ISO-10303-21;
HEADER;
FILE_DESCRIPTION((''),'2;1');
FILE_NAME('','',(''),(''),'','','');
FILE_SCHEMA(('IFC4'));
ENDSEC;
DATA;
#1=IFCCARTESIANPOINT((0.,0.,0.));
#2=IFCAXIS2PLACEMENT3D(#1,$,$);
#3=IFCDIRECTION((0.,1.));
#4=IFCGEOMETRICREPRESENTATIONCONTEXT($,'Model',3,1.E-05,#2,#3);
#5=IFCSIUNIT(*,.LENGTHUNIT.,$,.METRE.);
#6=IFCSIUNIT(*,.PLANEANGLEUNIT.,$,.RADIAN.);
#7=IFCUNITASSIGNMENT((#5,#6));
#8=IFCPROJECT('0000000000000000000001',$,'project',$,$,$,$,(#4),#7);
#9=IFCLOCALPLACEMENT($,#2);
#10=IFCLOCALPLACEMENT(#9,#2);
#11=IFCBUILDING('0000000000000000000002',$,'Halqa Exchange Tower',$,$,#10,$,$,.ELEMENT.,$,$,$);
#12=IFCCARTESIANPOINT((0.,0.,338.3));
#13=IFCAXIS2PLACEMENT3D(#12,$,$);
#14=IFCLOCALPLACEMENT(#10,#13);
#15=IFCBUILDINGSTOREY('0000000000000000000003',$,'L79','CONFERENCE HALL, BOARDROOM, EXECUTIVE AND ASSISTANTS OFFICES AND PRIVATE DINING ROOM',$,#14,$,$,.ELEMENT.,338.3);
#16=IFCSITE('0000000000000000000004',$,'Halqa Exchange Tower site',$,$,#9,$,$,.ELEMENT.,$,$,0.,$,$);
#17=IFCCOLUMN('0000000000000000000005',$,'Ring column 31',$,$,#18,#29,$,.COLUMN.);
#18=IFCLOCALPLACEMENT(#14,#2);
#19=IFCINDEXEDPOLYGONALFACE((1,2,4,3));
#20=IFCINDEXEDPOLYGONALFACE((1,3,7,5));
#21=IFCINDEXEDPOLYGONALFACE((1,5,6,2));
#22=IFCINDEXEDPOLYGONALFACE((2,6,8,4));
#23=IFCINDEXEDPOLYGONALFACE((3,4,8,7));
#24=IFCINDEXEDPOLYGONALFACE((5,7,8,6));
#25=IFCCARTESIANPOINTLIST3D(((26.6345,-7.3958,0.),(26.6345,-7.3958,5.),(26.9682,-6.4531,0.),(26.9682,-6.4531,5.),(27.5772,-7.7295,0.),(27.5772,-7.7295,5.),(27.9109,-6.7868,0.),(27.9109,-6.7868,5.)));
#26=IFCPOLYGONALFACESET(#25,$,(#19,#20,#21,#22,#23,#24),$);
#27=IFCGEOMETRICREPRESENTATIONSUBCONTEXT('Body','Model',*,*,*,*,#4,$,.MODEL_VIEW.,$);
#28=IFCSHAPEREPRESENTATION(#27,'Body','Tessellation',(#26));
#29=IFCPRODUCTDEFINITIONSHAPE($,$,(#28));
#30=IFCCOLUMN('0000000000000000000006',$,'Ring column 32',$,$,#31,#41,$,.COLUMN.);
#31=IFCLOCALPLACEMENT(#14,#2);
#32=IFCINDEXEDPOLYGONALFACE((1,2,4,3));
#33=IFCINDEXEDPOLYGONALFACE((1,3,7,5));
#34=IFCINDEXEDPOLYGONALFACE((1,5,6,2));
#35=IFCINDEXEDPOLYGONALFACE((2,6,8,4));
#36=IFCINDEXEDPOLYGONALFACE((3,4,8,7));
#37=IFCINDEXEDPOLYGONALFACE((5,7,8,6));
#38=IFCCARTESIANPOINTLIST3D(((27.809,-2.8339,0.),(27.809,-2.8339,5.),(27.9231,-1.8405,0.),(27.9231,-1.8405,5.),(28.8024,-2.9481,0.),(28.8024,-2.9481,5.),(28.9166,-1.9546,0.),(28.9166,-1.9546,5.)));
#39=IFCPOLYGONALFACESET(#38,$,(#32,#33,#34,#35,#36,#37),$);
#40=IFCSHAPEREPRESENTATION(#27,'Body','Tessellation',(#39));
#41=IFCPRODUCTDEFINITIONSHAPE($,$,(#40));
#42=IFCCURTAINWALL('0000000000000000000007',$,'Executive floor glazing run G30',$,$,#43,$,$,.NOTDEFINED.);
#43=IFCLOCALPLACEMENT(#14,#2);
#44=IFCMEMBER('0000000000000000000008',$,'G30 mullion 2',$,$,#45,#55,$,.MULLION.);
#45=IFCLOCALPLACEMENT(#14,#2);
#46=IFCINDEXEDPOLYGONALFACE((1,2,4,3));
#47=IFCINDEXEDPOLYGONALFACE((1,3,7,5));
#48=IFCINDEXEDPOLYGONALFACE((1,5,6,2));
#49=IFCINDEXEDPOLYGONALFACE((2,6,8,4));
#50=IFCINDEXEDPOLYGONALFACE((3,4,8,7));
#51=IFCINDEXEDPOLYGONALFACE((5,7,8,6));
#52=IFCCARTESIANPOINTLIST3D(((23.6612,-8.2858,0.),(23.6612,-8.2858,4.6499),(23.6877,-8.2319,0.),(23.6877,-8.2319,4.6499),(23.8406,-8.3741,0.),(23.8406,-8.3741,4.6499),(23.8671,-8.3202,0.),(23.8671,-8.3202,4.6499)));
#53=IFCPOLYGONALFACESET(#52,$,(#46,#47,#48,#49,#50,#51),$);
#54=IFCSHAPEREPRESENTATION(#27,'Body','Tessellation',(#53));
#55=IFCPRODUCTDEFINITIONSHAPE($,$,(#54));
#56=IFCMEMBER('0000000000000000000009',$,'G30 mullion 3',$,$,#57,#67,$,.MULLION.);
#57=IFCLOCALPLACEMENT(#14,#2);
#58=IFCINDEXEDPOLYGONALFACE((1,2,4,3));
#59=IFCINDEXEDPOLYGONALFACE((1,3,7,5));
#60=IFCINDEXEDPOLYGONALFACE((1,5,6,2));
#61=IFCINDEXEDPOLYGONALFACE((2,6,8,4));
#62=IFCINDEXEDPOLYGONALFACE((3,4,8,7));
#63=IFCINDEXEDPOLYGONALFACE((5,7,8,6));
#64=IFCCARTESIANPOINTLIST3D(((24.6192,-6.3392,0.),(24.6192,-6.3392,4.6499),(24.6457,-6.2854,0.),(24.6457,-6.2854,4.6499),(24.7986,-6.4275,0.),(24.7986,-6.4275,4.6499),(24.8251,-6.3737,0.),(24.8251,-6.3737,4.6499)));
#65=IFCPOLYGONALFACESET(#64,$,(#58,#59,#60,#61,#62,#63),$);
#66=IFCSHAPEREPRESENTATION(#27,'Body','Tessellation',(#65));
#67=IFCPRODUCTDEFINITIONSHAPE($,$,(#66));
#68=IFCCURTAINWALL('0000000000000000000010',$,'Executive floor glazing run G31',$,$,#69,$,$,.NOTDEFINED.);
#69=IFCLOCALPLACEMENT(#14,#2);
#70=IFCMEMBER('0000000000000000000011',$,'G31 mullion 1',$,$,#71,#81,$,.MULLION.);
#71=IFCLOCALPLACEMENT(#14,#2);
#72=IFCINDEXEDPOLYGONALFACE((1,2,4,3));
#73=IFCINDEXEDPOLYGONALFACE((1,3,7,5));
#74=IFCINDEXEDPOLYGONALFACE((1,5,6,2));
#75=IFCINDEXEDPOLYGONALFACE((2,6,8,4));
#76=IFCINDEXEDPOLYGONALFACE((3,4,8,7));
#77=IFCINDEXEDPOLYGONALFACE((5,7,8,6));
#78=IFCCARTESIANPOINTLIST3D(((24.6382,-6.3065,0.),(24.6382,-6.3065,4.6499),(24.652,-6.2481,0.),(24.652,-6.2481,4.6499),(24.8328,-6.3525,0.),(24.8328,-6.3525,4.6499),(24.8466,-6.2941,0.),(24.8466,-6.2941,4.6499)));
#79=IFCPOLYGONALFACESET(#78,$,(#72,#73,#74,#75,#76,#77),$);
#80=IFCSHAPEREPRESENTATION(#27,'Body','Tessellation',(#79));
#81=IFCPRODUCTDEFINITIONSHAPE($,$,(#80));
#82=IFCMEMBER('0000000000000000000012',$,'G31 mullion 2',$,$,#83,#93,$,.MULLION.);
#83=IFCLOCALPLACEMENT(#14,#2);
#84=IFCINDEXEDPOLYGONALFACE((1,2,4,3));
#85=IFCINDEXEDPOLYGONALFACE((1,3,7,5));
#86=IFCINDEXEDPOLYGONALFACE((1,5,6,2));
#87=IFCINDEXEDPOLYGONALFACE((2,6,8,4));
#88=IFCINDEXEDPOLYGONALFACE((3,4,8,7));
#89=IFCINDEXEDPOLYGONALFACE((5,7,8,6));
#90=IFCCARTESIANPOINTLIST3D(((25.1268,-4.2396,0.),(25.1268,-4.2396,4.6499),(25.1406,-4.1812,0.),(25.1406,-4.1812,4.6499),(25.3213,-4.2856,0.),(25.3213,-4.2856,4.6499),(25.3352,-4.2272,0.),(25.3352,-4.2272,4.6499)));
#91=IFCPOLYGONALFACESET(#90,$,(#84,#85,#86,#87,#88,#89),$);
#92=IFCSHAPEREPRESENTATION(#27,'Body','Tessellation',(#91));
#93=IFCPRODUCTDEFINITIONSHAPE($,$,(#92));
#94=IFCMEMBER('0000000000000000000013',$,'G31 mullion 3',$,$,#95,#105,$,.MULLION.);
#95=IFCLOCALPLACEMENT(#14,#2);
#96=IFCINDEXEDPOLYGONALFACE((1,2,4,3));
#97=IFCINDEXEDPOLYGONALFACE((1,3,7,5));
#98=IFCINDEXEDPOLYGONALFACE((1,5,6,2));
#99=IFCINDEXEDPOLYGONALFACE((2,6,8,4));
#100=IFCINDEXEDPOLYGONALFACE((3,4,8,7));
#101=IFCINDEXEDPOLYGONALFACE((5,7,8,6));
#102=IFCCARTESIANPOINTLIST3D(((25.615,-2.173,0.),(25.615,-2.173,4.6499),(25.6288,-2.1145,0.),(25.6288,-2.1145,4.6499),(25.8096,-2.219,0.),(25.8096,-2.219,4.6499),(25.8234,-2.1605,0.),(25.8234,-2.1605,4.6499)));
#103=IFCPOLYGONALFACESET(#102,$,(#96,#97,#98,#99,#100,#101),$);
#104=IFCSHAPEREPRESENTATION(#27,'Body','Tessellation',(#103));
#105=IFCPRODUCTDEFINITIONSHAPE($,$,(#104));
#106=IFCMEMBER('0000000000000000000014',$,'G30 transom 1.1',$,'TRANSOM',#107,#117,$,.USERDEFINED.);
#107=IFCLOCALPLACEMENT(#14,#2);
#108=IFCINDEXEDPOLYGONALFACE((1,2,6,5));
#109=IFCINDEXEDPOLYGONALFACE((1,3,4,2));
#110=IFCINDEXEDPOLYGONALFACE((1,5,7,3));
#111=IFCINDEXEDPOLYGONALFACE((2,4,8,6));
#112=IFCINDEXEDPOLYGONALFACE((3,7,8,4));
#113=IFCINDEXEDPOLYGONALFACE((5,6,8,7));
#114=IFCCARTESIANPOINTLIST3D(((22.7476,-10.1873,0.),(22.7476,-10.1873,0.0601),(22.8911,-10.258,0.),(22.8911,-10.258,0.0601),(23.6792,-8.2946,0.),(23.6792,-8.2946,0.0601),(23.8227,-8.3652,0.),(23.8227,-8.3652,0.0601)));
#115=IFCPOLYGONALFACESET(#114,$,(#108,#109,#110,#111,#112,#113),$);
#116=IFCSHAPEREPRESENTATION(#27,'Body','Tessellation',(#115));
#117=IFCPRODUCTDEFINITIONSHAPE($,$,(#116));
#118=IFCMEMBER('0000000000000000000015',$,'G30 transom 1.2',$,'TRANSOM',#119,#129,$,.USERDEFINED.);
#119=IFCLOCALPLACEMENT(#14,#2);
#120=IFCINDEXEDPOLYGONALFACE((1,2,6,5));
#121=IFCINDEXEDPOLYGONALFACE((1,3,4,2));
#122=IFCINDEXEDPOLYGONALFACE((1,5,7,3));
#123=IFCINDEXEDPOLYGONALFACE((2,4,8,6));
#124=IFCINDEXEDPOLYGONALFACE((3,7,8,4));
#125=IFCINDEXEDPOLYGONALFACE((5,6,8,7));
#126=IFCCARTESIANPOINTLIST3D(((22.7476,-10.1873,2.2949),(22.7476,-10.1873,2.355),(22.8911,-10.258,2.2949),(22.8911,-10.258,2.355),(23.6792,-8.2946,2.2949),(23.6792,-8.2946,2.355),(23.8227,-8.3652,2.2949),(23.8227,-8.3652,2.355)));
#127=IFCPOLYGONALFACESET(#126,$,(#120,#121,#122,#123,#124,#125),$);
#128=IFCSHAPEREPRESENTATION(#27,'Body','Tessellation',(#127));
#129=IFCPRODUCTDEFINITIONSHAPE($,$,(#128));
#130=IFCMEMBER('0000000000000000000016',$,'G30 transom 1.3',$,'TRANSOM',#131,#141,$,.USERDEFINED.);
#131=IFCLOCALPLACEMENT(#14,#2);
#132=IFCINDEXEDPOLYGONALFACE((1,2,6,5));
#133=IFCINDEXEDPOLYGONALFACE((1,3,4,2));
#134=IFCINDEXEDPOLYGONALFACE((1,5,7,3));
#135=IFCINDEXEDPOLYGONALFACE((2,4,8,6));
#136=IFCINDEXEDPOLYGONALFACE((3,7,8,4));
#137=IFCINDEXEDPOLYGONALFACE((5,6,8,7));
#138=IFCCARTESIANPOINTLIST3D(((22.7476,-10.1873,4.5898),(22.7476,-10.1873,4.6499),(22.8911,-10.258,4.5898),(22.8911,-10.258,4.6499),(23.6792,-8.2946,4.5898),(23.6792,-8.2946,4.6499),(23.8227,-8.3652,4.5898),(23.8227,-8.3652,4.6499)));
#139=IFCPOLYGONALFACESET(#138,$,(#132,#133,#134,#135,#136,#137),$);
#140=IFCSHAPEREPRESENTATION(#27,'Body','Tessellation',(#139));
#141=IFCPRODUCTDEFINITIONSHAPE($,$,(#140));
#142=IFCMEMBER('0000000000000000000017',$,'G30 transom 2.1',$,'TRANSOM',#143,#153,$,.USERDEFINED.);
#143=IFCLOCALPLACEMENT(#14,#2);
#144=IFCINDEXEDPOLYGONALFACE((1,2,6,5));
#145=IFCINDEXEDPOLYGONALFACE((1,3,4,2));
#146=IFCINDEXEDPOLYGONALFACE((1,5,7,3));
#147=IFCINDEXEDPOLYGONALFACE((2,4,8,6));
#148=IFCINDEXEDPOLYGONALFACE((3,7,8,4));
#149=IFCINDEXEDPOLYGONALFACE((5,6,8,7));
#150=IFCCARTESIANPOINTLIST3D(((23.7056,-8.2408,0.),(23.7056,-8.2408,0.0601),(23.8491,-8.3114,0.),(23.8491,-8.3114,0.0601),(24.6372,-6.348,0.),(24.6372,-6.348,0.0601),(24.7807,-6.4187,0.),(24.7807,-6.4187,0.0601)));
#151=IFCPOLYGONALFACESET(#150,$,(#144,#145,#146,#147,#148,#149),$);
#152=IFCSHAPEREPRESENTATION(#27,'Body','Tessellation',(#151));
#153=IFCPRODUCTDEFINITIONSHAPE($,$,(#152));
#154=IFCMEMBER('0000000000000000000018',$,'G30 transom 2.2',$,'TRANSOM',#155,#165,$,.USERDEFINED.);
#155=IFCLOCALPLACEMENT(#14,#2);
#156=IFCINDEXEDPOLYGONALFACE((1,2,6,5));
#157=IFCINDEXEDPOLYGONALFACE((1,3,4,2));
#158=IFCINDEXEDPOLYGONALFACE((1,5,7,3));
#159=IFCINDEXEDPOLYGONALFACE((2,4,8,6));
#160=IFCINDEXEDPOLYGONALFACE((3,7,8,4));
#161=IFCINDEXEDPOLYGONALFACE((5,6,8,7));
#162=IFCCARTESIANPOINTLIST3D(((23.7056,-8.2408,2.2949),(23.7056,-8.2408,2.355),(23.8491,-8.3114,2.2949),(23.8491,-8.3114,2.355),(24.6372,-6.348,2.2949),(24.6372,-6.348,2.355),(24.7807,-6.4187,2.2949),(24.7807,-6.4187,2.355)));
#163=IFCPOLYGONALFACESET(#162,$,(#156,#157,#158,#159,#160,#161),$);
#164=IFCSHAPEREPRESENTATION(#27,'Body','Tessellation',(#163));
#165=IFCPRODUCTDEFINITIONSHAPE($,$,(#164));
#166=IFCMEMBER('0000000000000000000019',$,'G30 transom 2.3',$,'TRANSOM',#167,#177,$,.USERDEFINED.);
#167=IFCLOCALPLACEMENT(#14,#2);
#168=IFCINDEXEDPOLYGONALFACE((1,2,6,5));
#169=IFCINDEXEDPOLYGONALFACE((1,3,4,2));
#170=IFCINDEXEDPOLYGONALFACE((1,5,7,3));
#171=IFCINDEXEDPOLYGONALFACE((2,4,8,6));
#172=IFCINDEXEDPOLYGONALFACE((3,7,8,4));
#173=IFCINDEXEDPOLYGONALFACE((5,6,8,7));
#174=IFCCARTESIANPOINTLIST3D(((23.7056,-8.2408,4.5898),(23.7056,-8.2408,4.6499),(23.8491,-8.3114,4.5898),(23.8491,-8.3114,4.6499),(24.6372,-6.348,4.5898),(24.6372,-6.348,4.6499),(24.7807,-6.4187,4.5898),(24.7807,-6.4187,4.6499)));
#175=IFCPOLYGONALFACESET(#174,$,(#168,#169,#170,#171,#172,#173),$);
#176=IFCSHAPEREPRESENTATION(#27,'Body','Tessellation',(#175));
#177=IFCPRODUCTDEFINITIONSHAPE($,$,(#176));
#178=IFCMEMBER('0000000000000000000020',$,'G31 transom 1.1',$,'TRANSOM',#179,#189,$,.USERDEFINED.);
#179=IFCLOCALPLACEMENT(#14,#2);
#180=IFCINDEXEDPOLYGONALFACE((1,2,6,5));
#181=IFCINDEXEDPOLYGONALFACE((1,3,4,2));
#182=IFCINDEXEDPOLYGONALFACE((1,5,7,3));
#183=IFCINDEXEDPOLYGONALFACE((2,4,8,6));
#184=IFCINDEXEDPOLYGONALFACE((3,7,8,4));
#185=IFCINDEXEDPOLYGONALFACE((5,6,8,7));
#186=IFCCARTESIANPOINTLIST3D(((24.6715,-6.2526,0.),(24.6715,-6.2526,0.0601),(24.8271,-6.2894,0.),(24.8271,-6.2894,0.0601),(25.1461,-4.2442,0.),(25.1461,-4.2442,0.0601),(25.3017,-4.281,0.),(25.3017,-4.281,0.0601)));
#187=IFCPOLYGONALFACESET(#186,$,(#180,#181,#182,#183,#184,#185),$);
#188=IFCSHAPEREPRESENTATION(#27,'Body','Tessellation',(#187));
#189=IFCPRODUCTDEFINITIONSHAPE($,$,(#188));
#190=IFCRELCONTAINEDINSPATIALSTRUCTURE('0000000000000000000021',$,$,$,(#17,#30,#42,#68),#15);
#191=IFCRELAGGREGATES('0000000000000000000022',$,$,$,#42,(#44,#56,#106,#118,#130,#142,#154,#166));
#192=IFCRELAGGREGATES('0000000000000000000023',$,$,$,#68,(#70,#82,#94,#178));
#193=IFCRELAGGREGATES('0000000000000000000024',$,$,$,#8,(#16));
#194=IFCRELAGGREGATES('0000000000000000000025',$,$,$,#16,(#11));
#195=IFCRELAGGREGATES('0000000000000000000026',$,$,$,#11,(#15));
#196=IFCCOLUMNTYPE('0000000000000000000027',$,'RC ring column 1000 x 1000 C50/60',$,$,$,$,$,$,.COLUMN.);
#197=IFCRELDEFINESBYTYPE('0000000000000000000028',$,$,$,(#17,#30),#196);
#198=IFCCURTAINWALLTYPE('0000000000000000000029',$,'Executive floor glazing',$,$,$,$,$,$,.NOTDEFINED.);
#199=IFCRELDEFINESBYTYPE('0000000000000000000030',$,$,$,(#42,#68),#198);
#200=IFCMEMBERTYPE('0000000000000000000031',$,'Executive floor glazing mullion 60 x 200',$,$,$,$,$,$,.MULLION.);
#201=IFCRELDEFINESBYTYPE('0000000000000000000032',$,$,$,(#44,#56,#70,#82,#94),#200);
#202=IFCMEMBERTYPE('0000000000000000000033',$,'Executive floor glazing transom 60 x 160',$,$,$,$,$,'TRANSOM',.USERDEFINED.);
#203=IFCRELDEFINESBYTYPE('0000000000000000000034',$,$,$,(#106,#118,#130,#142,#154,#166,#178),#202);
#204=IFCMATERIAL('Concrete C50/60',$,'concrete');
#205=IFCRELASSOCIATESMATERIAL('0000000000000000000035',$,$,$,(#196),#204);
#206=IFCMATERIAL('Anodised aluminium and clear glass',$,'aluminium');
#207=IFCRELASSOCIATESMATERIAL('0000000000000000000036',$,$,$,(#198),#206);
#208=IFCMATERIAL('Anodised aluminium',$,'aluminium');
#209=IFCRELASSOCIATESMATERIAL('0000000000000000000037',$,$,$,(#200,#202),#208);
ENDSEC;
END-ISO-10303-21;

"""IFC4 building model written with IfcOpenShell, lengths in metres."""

from ifc_helpers import new_model, si_unit, direction, frame, origin, origin_2d, place, context, subcontext, project, spatial, rectangle, extrude, material, material_profile, profile_set, type_object, element, aggregate, save


model = new_model("IFC4")

# Units and contexts
model_context = context("Model", 3, precision=1e-05, world=origin(), true_north=direction((0.0, 1.0)))
body_context = subcontext(model_context, "Body", "Model", "MODEL_VIEW")
ifc_project = project(units=[si_unit("LENGTHUNIT", "METRE"), si_unit("PLANEANGLEUNIT", "RADIAN")], contexts=[model_context])

# Site, building, storey
site_placement = place(None, origin())
site = spatial("IfcSite", under=ifc_project, at=site_placement, Name="Halqa Exchange Tower site", CompositionType="ELEMENT", RefElevation=0.0)
building_placement = place(site_placement, origin())
building = spatial("IfcBuilding", under=site, at=building_placement, Name="Halqa Exchange Tower", CompositionType="ELEMENT")
storey_placement = place(building_placement, frame((0.0, 0.0, 338.3)))
storey = spatial("IfcBuildingStorey", under=building, at=storey_placement, Name="L79", Description="CONFERENCE HALL, BOARDROOM, EXECUTIVE AND ASSISTANTS OFFICES AND PRIVATE DINING ROOM", CompositionType="ELEMENT", Elevation=338.3)

# Columns
ifc_material_1 = material(Name="Concrete C50/60", Category="concrete")
ifc_material_profile_1 = material_profile(ifc_material_1, rectangle(XDim=1.0, YDim=1.0, at=origin_2d()), Name="1000 x 1000")
ifc_profile_set_1 = profile_set([ifc_material_profile_1], Name="Concrete C50/60")
column_type = type_object("IfcColumnType", Name="RC ring column 1000 x 1000 C50/60", PredefinedType="COLUMN", material=ifc_profile_set_1)
for number, where, z_axis, x_axis, name in (
    (1, (27.2727, -7.0913, 0.0), (0.0, 0.0, 1.0), (0.333624, 0.942706, 0.0), "Ring column 31"),
    (2, (28.3628, -2.3943, 0.0), (0.0, 0.0, 1.0), (0.11416, 0.993462, 0.0), "Ring column 32"),
):
    element("IfcColumn", number, at=place(storey_placement, frame(where, z_axis=z_axis, x_axis=x_axis)), inside=storey, type_object=column_type, Name=name, PredefinedType="COLUMN", context=body_context, shape_type="SweptSolid", body=[
        extrude(rectangle(XDim=1.0, YDim=1.0, at=origin_2d()), origin(), (0.0, 0.0, 1.0), 5.0),
    ])

# Curtain walls, members
ifc_material_2 = material(Name="Anodised aluminium and clear glass", Category="aluminium")
curtain_wall_type = type_object("IfcCurtainWallType", Name="Executive floor glazing", PredefinedType="NOTDEFINED", material=ifc_material_2)
curtain_wall_1_placement = place(storey_placement, origin())
curtain_wall_1 = element("IfcCurtainWall", 3, at=curtain_wall_1_placement, inside=storey, type_object=curtain_wall_type, Name="Executive floor glazing run G30", PredefinedType="NOTDEFINED")
ifc_material_3 = material(Name="Anodised aluminium", Category="aluminium")
ifc_material_profile_2 = material_profile(ifc_material_3, rectangle(XDim=0.2, YDim=0.0601, at=origin_2d()), Name="AL 60x200")
ifc_profile_set_2 = profile_set([ifc_material_profile_2], Name="Anodised aluminium")
member_type_1 = type_object("IfcMemberType", Name="Executive floor glazing mullion 60 x 200", PredefinedType="MULLION", material=ifc_profile_set_2)
member_1_placement = place(storey_placement, frame((23.7642, -8.303, 0.0), z_axis=(0.0, 0.0, 1.0), x_axis=(-0.897215, 0.441595, 0.0)))
member_1 = element("IfcMember", 4, at=member_1_placement, type_object=member_type_1, Name="G30 mullion 2", PredefinedType="MULLION", context=body_context, shape_type="SweptSolid", body=[
    extrude(rectangle(XDim=0.2, YDim=0.0601, at=origin_2d()), origin(), (0.0, 0.0, 1.0), 4.6499),
])
member_2_placement = place(storey_placement, frame((24.7222, -6.3564, 0.0), z_axis=(0.0, 0.0, 1.0), x_axis=(-0.897215, 0.441595, 0.0)))
member_2 = element("IfcMember", 5, at=member_2_placement, type_object=member_type_1, Name="G30 mullion 3", PredefinedType="MULLION", context=body_context, shape_type="SweptSolid", body=[
    extrude(rectangle(XDim=0.2, YDim=0.0601, at=origin_2d()), origin(), (0.0, 0.0, 1.0), 4.6499),
])
curtain_wall_2_placement = place(storey_placement, origin())
curtain_wall_2 = element("IfcCurtainWall", 6, at=curtain_wall_2_placement, inside=storey, type_object=curtain_wall_type, Name="Executive floor glazing run G31", PredefinedType="NOTDEFINED")
member_3_placement = place(storey_placement, frame((24.7424, -6.3003, 0.0), z_axis=(0.0, 0.0, 1.0), x_axis=(-0.973192, 0.229995, 0.0)))
member_3 = element("IfcMember", 7, at=member_3_placement, type_object=member_type_1, Name="G31 mullion 1", PredefinedType="MULLION", context=body_context, shape_type="SweptSolid", body=[
    extrude(rectangle(XDim=0.2, YDim=0.0601, at=origin_2d()), origin(), (0.0, 0.0, 1.0), 4.6499),
])
member_4_placement = place(storey_placement, frame((25.231, -4.2334, 0.0), z_axis=(0.0, 0.0, 1.0), x_axis=(-0.973192, 0.229995, 0.0)))
member_4 = element("IfcMember", 8, at=member_4_placement, type_object=member_type_1, Name="G31 mullion 2", PredefinedType="MULLION", context=body_context, shape_type="SweptSolid", body=[
    extrude(rectangle(XDim=0.2, YDim=0.0601, at=origin_2d()), origin(), (0.0, 0.0, 1.0), 4.6499),
])
member_5_placement = place(storey_placement, frame((25.7192, -2.1667, 0.0), z_axis=(0.0, 0.0, 1.0), x_axis=(-0.973192, 0.229995, 0.0)))
member_5 = element("IfcMember", 9, at=member_5_placement, type_object=member_type_1, Name="G31 mullion 3", PredefinedType="MULLION", context=body_context, shape_type="SweptSolid", body=[
    extrude(rectangle(XDim=0.2, YDim=0.0601, at=origin_2d()), origin(), (0.0, 0.0, 1.0), 4.6499),
])

# Members
ifc_material_profile_3 = material_profile(ifc_material_3, rectangle(XDim=0.1599, YDim=0.0601, at=origin_2d()), Name="AL 60x160")
ifc_profile_set_3 = profile_set([ifc_material_profile_3], Name="Anodised aluminium")
member_type_2 = type_object("IfcMemberType", Name="Executive floor glazing transom 60 x 160", ElementType="TRANSOM", PredefinedType="USERDEFINED", material=ifc_profile_set_3)
member_6_placement = place(storey_placement, frame((22.8193, -10.2227, 0.03), z_axis=(0.441604, 0.89721, 0.0), x_axis=(-0.89721, 0.441604, 0.0)))
member_6 = element("IfcMember", 10, at=member_6_placement, type_object=member_type_2, Name="G30 transom 1.1", ObjectType="TRANSOM", PredefinedType="USERDEFINED", context=body_context, shape_type="SweptSolid", body=[
    extrude(rectangle(XDim=0.1599, YDim=0.0601, at=origin_2d()), origin(), (0.0, 0.0, 1.0), 2.1096),
])
member_7_placement = place(storey_placement, frame((22.8193, -10.2227, 2.325), z_axis=(0.441604, 0.89721, 0.0), x_axis=(-0.89721, 0.441604, 0.0)))
member_7 = element("IfcMember", 11, at=member_7_placement, type_object=member_type_2, Name="G30 transom 1.2", ObjectType="TRANSOM", PredefinedType="USERDEFINED", context=body_context, shape_type="SweptSolid", body=[
    extrude(rectangle(XDim=0.1599, YDim=0.0601, at=origin_2d()), origin(), (0.0, 0.0, 1.0), 2.1096),
])
member_8_placement = place(storey_placement, frame((22.8193, -10.2227, 4.6199), z_axis=(0.441604, 0.89721, 0.0), x_axis=(-0.89721, 0.441604, 0.0)))
member_8 = element("IfcMember", 12, at=member_8_placement, type_object=member_type_2, Name="G30 transom 1.3", ObjectType="TRANSOM", PredefinedType="USERDEFINED", context=body_context, shape_type="SweptSolid", body=[
    extrude(rectangle(XDim=0.1599, YDim=0.0601, at=origin_2d()), origin(), (0.0, 0.0, 1.0), 2.1096),
])
member_9_placement = place(storey_placement, frame((23.7773, -8.2761, 0.03), z_axis=(0.441604, 0.89721, 0.0), x_axis=(-0.89721, 0.441604, 0.0)))
member_9 = element("IfcMember", 13, at=member_9_placement, type_object=member_type_2, Name="G30 transom 2.1", ObjectType="TRANSOM", PredefinedType="USERDEFINED", context=body_context, shape_type="SweptSolid", body=[
    extrude(rectangle(XDim=0.1599, YDim=0.0601, at=origin_2d()), origin(), (0.0, 0.0, 1.0), 2.1096),
])
member_10_placement = place(storey_placement, frame((23.7773, -8.2761, 2.325), z_axis=(0.441604, 0.89721, 0.0), x_axis=(-0.89721, 0.441604, 0.0)))
member_10 = element("IfcMember", 14, at=member_10_placement, type_object=member_type_2, Name="G30 transom 2.2", ObjectType="TRANSOM", PredefinedType="USERDEFINED", context=body_context, shape_type="SweptSolid", body=[
    extrude(rectangle(XDim=0.1599, YDim=0.0601, at=origin_2d()), origin(), (0.0, 0.0, 1.0), 2.1096),
])
member_11_placement = place(storey_placement, frame((23.7773, -8.2761, 4.6199), z_axis=(0.441604, 0.89721, 0.0), x_axis=(-0.89721, 0.441604, 0.0)))
member_11 = element("IfcMember", 15, at=member_11_placement, type_object=member_type_2, Name="G30 transom 2.3", ObjectType="TRANSOM", PredefinedType="USERDEFINED", context=body_context, shape_type="SweptSolid", body=[
    extrude(rectangle(XDim=0.1599, YDim=0.0601, at=origin_2d()), origin(), (0.0, 0.0, 1.0), 2.1096),
])
member_12_placement = place(storey_placement, frame((24.7493, -6.271, 0.03), z_axis=(0.229989, 0.973193, 0.0), x_axis=(-0.973193, 0.229989, 0.0)))
member_12 = element("IfcMember", 16, at=member_12_placement, type_object=member_type_2, Name="G31 transom 1.1", ObjectType="TRANSOM", PredefinedType="USERDEFINED", context=body_context, shape_type="SweptSolid", body=[
    extrude(rectangle(XDim=0.1599, YDim=0.0601, at=origin_2d()), origin(), (0.0, 0.0, 1.0), 2.0637),
])

aggregate(curtain_wall_1, [member_1, member_2, member_6, member_7, member_8, member_9, member_10, member_11])
aggregate(curtain_wall_2, [member_3, member_4, member_5, member_12])

save(model, "model.ifc")
